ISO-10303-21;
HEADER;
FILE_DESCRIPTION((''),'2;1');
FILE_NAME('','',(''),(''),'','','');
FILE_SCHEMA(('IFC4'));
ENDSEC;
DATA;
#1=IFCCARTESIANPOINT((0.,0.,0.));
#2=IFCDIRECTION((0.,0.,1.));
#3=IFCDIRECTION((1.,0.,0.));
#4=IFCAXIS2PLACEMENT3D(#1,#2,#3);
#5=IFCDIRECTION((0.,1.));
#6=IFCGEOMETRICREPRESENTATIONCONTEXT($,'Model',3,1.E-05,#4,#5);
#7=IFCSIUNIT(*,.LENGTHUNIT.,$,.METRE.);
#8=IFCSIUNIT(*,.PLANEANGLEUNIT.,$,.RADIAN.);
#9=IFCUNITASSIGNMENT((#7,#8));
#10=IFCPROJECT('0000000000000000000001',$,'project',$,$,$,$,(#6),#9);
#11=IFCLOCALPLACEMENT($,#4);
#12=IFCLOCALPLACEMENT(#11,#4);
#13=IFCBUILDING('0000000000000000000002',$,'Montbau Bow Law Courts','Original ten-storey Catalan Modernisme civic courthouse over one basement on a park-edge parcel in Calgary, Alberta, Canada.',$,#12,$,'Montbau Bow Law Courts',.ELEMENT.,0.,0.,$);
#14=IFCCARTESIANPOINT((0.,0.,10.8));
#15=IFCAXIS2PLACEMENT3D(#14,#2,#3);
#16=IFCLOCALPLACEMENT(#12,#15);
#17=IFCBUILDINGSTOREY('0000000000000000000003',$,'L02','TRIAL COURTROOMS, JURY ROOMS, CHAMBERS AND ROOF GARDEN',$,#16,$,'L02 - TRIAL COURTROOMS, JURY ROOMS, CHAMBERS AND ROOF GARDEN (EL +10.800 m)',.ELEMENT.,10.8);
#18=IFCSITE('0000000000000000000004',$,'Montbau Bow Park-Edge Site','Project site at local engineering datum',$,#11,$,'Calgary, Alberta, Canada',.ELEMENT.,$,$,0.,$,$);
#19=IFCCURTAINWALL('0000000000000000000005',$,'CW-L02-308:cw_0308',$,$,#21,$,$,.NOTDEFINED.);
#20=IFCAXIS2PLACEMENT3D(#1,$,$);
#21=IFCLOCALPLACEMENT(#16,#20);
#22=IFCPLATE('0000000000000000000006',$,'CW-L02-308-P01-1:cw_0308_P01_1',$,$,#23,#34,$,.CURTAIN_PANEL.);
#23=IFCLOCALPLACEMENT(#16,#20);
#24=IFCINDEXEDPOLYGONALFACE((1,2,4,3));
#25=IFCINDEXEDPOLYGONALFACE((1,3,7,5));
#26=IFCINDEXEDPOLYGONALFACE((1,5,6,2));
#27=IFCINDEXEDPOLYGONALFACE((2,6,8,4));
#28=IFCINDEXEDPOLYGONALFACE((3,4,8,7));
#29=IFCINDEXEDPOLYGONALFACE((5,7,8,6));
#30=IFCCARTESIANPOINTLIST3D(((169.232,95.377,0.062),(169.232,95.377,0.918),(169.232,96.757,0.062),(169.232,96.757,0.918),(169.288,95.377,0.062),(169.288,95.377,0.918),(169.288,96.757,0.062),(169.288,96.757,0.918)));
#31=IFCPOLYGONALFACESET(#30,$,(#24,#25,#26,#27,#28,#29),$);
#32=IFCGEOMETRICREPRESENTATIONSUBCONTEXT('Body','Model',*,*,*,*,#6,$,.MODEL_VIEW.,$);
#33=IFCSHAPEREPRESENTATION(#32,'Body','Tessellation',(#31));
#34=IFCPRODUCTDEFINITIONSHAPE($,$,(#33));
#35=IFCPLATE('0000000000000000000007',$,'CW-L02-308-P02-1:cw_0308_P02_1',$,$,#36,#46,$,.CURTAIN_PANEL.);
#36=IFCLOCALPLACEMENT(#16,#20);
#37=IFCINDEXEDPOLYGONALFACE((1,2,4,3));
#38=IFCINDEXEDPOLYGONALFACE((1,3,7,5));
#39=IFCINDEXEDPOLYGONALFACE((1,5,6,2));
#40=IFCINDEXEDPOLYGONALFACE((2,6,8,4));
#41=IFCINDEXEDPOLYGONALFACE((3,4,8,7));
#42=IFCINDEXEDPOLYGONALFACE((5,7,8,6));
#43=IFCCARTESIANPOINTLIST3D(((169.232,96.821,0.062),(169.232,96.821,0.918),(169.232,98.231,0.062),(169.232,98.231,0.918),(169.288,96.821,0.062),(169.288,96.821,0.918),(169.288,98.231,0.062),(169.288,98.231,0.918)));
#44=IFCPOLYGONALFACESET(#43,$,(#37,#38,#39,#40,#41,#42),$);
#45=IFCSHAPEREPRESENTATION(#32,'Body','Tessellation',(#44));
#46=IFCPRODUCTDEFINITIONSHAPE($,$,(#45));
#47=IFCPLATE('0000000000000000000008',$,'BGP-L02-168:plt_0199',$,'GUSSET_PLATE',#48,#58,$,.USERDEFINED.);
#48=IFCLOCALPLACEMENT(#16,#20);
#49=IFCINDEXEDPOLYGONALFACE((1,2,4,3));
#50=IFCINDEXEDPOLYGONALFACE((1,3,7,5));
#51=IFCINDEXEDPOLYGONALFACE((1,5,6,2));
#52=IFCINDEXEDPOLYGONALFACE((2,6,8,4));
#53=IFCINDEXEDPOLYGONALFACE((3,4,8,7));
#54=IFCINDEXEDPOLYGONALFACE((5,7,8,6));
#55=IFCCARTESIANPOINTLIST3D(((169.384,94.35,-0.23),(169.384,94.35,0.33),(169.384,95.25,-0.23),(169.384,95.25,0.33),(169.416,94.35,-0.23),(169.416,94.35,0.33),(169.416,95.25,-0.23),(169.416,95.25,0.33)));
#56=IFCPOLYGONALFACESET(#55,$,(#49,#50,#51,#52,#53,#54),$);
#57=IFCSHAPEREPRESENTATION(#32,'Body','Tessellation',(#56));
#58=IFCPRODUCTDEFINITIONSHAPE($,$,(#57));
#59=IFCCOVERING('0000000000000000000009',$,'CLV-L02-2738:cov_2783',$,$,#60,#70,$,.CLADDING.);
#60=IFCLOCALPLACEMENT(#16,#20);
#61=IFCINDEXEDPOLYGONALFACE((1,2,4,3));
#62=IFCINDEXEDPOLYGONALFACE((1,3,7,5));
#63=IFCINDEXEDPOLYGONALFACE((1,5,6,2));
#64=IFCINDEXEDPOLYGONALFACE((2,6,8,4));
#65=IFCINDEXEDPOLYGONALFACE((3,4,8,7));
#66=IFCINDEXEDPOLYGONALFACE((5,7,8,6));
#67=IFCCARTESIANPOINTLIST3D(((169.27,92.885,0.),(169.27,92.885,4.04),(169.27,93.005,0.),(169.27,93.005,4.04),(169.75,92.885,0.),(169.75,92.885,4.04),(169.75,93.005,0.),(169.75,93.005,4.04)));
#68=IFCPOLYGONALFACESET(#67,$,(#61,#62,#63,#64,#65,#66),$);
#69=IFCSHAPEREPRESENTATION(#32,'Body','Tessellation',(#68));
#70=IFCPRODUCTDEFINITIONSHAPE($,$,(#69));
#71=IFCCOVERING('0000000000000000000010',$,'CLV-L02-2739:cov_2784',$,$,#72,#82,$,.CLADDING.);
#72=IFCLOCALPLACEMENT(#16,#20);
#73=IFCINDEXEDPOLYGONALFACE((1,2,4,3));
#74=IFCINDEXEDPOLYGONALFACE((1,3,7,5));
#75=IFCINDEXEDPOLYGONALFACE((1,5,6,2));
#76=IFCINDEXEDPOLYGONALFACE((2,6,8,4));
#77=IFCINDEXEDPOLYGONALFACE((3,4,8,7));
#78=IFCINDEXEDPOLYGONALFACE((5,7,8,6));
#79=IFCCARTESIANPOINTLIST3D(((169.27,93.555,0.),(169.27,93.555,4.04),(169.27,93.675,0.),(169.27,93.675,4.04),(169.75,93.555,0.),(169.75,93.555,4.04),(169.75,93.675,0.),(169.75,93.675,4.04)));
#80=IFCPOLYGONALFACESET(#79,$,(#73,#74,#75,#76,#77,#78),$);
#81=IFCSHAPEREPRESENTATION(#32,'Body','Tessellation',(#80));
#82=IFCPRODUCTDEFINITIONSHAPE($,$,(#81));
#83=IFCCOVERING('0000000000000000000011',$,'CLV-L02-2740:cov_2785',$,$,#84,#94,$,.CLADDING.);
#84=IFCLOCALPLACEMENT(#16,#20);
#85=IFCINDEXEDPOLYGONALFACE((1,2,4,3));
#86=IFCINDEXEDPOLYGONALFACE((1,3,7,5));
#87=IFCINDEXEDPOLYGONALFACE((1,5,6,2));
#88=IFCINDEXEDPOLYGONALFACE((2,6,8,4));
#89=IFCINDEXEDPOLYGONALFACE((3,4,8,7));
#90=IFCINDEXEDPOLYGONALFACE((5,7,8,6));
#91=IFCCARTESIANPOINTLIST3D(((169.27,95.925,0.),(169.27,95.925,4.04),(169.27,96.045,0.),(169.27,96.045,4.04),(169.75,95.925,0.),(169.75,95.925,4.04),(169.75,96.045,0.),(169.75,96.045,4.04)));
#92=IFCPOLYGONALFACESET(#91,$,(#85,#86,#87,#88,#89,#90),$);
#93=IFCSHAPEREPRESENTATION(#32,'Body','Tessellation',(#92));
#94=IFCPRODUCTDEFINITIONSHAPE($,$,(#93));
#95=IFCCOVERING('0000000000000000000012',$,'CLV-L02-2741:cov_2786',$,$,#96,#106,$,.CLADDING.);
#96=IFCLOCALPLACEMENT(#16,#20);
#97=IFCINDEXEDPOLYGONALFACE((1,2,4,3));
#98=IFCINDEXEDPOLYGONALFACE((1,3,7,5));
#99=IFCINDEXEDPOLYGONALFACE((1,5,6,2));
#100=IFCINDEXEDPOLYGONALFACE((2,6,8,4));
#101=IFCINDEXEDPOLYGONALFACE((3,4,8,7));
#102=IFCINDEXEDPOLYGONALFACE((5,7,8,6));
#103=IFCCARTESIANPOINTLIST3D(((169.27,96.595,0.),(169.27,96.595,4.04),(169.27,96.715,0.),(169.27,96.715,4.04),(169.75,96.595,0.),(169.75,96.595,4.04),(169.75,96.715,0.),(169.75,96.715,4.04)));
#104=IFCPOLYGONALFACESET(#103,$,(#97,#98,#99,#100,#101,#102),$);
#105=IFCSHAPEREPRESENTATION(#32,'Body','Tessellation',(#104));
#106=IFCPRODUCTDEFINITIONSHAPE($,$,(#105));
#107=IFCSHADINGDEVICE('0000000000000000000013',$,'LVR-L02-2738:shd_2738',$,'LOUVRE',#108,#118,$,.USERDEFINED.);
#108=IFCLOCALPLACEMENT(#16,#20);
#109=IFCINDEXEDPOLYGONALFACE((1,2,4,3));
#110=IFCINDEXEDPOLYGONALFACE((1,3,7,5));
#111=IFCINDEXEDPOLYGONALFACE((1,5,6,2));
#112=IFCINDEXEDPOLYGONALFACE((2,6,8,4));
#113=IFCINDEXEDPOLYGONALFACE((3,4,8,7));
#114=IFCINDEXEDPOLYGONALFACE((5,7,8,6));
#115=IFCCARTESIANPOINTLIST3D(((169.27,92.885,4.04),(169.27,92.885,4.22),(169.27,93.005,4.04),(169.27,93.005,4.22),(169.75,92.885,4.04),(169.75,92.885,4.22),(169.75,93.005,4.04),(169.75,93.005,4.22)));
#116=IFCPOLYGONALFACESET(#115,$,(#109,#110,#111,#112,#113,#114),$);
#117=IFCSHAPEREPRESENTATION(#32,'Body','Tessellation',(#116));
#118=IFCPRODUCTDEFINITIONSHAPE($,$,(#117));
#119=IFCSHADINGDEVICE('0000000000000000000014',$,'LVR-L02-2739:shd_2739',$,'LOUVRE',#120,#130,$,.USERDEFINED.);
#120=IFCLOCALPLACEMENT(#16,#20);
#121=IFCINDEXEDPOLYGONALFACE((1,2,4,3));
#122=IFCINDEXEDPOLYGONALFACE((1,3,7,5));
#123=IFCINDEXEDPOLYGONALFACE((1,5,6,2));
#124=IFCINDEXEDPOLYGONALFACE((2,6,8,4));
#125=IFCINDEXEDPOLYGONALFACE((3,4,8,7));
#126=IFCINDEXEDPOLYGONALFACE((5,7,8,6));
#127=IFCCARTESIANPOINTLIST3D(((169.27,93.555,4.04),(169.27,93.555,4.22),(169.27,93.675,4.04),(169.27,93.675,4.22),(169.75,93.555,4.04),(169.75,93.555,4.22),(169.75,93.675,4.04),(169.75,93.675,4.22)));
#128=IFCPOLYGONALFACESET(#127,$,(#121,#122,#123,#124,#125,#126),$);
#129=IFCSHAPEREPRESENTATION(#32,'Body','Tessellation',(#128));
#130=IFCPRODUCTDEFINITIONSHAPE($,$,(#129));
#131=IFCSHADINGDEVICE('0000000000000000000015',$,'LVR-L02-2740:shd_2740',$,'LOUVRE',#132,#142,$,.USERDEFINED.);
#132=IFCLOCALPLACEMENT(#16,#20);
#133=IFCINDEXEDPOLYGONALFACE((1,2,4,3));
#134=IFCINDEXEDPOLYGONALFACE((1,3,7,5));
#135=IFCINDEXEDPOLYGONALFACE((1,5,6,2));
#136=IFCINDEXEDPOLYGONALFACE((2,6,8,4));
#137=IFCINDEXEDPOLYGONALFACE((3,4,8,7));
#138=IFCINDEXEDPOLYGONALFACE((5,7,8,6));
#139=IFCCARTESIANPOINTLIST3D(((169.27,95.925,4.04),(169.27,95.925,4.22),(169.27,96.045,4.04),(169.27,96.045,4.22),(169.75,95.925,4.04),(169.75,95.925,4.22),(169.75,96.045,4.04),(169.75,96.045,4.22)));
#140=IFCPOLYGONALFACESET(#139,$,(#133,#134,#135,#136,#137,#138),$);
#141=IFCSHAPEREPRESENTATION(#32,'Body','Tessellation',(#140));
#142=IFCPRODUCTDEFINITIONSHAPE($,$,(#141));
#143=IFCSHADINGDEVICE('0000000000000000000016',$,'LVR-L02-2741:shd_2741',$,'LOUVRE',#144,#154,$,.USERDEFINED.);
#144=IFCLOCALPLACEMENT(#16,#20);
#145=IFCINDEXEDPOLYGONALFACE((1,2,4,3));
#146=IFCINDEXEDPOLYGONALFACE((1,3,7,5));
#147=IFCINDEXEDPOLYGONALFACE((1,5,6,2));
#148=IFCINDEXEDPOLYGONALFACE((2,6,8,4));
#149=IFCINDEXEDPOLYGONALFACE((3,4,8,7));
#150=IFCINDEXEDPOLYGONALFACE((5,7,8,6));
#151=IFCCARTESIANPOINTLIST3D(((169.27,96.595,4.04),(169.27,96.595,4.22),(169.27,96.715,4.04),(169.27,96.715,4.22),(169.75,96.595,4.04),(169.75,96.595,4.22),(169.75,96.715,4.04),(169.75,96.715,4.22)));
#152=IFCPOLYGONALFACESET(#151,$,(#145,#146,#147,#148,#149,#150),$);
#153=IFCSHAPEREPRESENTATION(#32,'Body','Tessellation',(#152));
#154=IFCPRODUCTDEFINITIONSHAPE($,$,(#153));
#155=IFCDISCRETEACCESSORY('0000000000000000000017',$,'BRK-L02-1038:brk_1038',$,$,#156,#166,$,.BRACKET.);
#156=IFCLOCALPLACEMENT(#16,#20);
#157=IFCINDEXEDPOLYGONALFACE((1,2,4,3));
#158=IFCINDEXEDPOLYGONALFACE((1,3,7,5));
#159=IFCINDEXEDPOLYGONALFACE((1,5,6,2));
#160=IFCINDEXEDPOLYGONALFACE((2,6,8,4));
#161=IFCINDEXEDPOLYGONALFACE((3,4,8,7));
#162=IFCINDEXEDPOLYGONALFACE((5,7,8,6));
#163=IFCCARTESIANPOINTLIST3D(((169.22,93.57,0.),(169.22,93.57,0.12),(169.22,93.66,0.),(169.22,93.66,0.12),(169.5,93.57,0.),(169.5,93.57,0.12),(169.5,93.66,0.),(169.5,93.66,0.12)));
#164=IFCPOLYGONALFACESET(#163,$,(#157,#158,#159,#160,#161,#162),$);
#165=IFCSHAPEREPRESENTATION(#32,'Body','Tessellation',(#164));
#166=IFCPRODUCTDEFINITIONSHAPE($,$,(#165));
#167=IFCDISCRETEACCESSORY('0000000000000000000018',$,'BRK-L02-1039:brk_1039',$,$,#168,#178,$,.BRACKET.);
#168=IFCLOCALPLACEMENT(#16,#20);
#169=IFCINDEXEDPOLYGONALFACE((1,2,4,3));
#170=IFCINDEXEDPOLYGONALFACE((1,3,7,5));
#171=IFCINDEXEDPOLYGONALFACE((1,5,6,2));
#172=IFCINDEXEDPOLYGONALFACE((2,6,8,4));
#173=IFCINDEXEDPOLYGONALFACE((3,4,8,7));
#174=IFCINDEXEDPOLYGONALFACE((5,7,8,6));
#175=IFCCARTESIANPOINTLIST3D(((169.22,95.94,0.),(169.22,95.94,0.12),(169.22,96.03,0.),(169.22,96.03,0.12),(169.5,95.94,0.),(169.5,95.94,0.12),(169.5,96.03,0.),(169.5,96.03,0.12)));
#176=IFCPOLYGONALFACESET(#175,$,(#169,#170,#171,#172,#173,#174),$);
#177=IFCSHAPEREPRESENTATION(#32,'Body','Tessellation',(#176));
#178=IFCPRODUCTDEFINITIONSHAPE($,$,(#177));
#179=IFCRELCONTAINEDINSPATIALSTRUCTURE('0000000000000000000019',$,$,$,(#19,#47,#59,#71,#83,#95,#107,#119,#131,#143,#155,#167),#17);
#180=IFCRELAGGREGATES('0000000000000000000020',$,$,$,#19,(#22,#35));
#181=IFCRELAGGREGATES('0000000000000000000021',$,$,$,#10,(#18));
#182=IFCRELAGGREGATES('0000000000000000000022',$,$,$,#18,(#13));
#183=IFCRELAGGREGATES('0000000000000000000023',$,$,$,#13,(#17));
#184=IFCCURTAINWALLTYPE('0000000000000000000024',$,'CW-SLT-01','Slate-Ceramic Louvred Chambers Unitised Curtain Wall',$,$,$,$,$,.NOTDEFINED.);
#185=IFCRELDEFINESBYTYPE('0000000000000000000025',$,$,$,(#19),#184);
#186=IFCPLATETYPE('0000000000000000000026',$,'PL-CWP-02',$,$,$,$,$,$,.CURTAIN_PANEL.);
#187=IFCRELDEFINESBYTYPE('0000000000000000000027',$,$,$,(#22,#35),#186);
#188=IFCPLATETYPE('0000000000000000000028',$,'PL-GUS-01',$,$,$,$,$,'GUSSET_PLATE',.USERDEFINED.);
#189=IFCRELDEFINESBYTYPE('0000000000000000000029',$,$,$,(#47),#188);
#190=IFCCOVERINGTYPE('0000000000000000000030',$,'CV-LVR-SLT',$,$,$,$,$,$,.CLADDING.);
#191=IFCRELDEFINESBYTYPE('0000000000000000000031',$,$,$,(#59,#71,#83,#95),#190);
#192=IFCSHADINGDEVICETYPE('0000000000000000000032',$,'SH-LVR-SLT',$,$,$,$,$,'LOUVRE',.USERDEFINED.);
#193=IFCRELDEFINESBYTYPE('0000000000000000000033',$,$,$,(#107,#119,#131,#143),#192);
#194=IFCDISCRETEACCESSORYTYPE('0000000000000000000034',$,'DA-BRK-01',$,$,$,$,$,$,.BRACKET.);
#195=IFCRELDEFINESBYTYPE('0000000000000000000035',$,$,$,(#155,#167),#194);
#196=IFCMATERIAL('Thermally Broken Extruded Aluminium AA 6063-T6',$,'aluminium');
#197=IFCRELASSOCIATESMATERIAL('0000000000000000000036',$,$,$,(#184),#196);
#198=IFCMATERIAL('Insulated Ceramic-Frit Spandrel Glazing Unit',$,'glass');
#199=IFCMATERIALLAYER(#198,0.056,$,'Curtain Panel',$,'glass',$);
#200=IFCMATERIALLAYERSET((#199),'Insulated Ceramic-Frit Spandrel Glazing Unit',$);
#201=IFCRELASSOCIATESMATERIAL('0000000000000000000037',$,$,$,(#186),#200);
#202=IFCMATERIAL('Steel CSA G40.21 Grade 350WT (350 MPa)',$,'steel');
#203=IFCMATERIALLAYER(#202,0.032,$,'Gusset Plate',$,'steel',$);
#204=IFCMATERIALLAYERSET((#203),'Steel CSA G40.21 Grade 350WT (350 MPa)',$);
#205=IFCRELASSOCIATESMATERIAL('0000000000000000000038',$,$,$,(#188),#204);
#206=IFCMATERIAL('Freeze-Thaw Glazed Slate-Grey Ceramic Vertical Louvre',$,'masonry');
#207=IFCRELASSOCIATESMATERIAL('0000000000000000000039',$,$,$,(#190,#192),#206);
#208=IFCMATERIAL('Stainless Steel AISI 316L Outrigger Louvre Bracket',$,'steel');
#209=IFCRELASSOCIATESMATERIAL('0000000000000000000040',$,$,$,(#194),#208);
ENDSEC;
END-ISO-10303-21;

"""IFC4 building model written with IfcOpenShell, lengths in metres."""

from ifc_helpers import new_model, si_unit, direction, frame, frame_2d, origin_with_axes, origin_2d_with_axis, place, context, subcontext, project, spatial, rectangle, extrude, material, layer, layer_set, type_object, element, aggregate, save


model = new_model("IFC4")

# Units and contexts
model_context = context("Model", 3, precision=1e-05, world=origin_with_axes(), true_north=direction((0.0, 1.0)))
body_context = subcontext(model_context, "Body", "Model", "MODEL_VIEW")
ifc_project = project(units=[si_unit("LENGTHUNIT", "METRE"), si_unit("PLANEANGLEUNIT", "RADIAN")], contexts=[model_context])

# Site, building, storey
site_placement = place(None, origin_with_axes())
site = spatial("IfcSite", under=ifc_project, at=site_placement, Name="Montbau Bow Park-Edge Site", Description="Project site at local engineering datum", LongName="Calgary, Alberta, Canada", CompositionType="ELEMENT", RefElevation=0.0)
building_placement = place(site_placement, origin_with_axes())
building = spatial("IfcBuilding", under=site, at=building_placement, Name="Montbau Bow Law Courts", Description="Original ten-storey Catalan Modernisme civic courthouse over one basement on a park-edge parcel in Calgary, Alberta, Canada.", LongName="Montbau Bow Law Courts", CompositionType="ELEMENT", ElevationOfRefHeight=0.0, ElevationOfTerrain=0.0)
storey_placement = place(building_placement, frame((0.0, 0.0, 10.8), z_axis=(0.0, 0.0, 1.0), x_axis=(1.0, 0.0, 0.0)))
storey = spatial("IfcBuildingStorey", under=building, at=storey_placement, Name="L02", Description="TRIAL COURTROOMS, JURY ROOMS, CHAMBERS AND ROOF GARDEN", LongName="L02 - TRIAL COURTROOMS, JURY ROOMS, CHAMBERS AND ROOF GARDEN (EL +10.800 m)", CompositionType="ELEMENT", Elevation=10.8)

# Shared definitions
ifc_material_1 = material(Name="Steel CSA G40.21 Grade 350WT (350 MPa)", Category="steel")

# Curtain wall
ifc_material_2 = material(Name="Thermally Broken Extruded Aluminium AA 6063-T6", Category="aluminium")
curtain_wall_type = type_object("IfcCurtainWallType", Name="CW-SLT-01", Description="Slate-Ceramic Louvred Chambers Unitised Curtain Wall", PredefinedType="NOTDEFINED", material=ifc_material_2)
curtain_wall_1_placement = place(None, frame((169.26, 95.315, 10.8), z_axis=(0.0, 0.0, 1.0), x_axis=(1.0, 0.0, 0.0)))
curtain_wall_1 = element("IfcCurtainWall", 1, at=curtain_wall_1_placement, inside=storey, type_object=curtain_wall_type, Name="CW-L02-308:cw_0308", PredefinedType="NOTDEFINED")

# Plates
ifc_material_3 = material(Name="Insulated Ceramic-Frit Spandrel Glazing Unit", Category="glass")
ifc_layer_1 = layer(ifc_material_3, 0.056, Name="Curtain Panel", Category="glass")
ifc_layer_set_1 = layer_set([ifc_layer_1], Name="Insulated Ceramic-Frit Spandrel Glazing Unit")
plate_type_1 = type_object("IfcPlateType", Name="PL-CWP-02", PredefinedType="CURTAIN_PANEL", material=ifc_layer_set_1)
plate_1_placement = place(None, frame((169.26, 95.377, 10.862), z_axis=(1.0, 0.0, 0.0), x_axis=(0.0, 1.0, 0.0)))
plate_1 = element("IfcPlate", 2, at=plate_1_placement, type_object=plate_type_1, Name="CW-L02-308-P01-1:cw_0308_P01_1", PredefinedType="CURTAIN_PANEL", context=body_context, shape_type="SweptSolid", body=[
    extrude(rectangle(XDim=1.38, YDim=0.856, at=frame_2d((0.69, 0.428), x_axis=(1.0, 0.0))), frame((0.0, 0.0, -0.028), z_axis=(0.0, 0.0, 1.0), x_axis=(1.0, 0.0, 0.0)), (0.0, 0.0, 1.0), 0.056),
])
plate_2_placement = place(None, frame((169.26, 96.821, 10.862), z_axis=(1.0, 0.0, 0.0), x_axis=(0.0, 1.0, 0.0)))
plate_2 = element("IfcPlate", 3, at=plate_2_placement, type_object=plate_type_1, Name="CW-L02-308-P02-1:cw_0308_P02_1", PredefinedType="CURTAIN_PANEL", context=body_context, shape_type="SweptSolid", body=[
    extrude(rectangle(XDim=1.41, YDim=0.856, at=frame_2d((0.705, 0.428), x_axis=(1.0, 0.0))), frame((0.0, 0.0, -0.028), z_axis=(0.0, 0.0, 1.0), x_axis=(1.0, 0.0, 0.0)), (0.0, 0.0, 1.0), 0.056),
])
aggregate(curtain_wall_1, [plate_1, plate_2])
ifc_layer_2 = layer(ifc_material_1, 0.032, Name="Gusset Plate", Category="steel")
ifc_layer_set_2 = layer_set([ifc_layer_2], Name="Steel CSA G40.21 Grade 350WT (350 MPa)")
plate_type_2 = type_object("IfcPlateType", Name="PL-GUS-01", ElementType="GUSSET_PLATE", PredefinedType="USERDEFINED", material=ifc_layer_set_2)
plate_3_placement = place(None, frame((169.4, 94.8, 10.57), z_axis=(0.0, 0.0, 1.0), x_axis=(0.0, 1.0, 0.0)))
element("IfcPlate", 4, at=plate_3_placement, inside=storey, type_object=plate_type_2, Name="BGP-L02-168:plt_0199", ObjectType="GUSSET_PLATE", PredefinedType="USERDEFINED", context=body_context, shape_type="SweptSolid", body=[
    extrude(rectangle(XDim=0.9, YDim=0.032, at=origin_2d_with_axis()), origin_with_axes(), (0.0, 0.0, 1.0), 0.56),
])

# Coverings
ifc_material_4 = material(Name="Freeze-Thaw Glazed Slate-Grey Ceramic Vertical Louvre", Category="masonry")
covering_type = type_object("IfcCoveringType", Name="CV-LVR-SLT", PredefinedType="CLADDING", material=ifc_material_4)
for number, where, z_axis, x_axis, name in (
    (5, (169.27, 92.945, 10.8), (0.0, -1.0, 0.0), (1.0, 0.0, 0.0), "CLV-L02-2738:cov_2783"),
    (6, (169.27, 93.615, 10.8), (0.0, -1.0, 0.0), (1.0, 0.0, 0.0), "CLV-L02-2739:cov_2784"),
    (7, (169.27, 95.985, 10.8), (0.0, -1.0, 0.0), (1.0, 0.0, 0.0), "CLV-L02-2740:cov_2785"),
    (8, (169.27, 96.655, 10.8), (0.0, -1.0, 0.0), (1.0, 0.0, 0.0), "CLV-L02-2741:cov_2786"),
):
    element("IfcCovering", number, at=place(None, frame(where, z_axis=z_axis, x_axis=x_axis)), inside=storey, type_object=covering_type, Name=name, PredefinedType="CLADDING", context=body_context, shape_type="SweptSolid", body=[
        extrude(rectangle(XDim=0.48, YDim=4.04, at=frame_2d((0.24, 2.02), x_axis=(1.0, 0.0))), frame((0.0, 0.0, -0.06), z_axis=(0.0, 0.0, 1.0), x_axis=(1.0, 0.0, 0.0)), (0.0, 0.0, 1.0), 0.12),
    ])

# Shading devices
shading_device_type = type_object("IfcShadingDeviceType", Name="SH-LVR-SLT", ElementType="LOUVRE", PredefinedType="USERDEFINED", material=ifc_material_4)
for number, where, z_axis, x_axis, name in (
    (9, (169.51, 92.945, 14.84), (0.0, 0.0, 1.0), (1.0, 0.0, 0.0), "LVR-L02-2738:shd_2738"),
    (10, (169.51, 93.615, 14.84), (0.0, 0.0, 1.0), (1.0, 0.0, 0.0), "LVR-L02-2739:shd_2739"),
    (11, (169.51, 95.985, 14.84), (0.0, 0.0, 1.0), (1.0, 0.0, 0.0), "LVR-L02-2740:shd_2740"),
    (12, (169.51, 96.655, 14.84), (0.0, 0.0, 1.0), (1.0, 0.0, 0.0), "LVR-L02-2741:shd_2741"),
):
    element("IfcShadingDevice", number, at=place(None, frame(where, z_axis=z_axis, x_axis=x_axis)), inside=storey, type_object=shading_device_type, Name=name, ObjectType="LOUVRE", PredefinedType="USERDEFINED", context=body_context, shape_type="SweptSolid", body=[
        extrude(rectangle(XDim=0.48, YDim=0.12, at=origin_2d_with_axis()), origin_with_axes(), (0.0, 0.0, 1.0), 0.18),
    ])

# Discrete accessories
ifc_material_5 = material(Name="Stainless Steel AISI 316L Outrigger Louvre Bracket", Category="steel")
discrete_accessory_type = type_object("IfcDiscreteAccessoryType", Name="DA-BRK-01", PredefinedType="BRACKET", material=ifc_material_5)
for number, where, z_axis, x_axis, name in (
    (13, (169.36, 93.615, 10.8), (0.0, 0.0, 1.0), (1.0, 0.0, 0.0), "BRK-L02-1038:brk_1038"),
    (14, (169.36, 95.985, 10.8), (0.0, 0.0, 1.0), (1.0, 0.0, 0.0), "BRK-L02-1039:brk_1039"),
):
    element("IfcDiscreteAccessory", number, at=place(None, frame(where, z_axis=z_axis, x_axis=x_axis)), inside=storey, type_object=discrete_accessory_type, Name=name, PredefinedType="BRACKET", context=body_context, shape_type="SweptSolid", body=[
        extrude(rectangle(XDim=0.28, YDim=0.09, at=origin_2d_with_axis()), origin_with_axes(), (0.0, 0.0, 1.0), 0.12),
    ])

save(model, "model.ifc")
